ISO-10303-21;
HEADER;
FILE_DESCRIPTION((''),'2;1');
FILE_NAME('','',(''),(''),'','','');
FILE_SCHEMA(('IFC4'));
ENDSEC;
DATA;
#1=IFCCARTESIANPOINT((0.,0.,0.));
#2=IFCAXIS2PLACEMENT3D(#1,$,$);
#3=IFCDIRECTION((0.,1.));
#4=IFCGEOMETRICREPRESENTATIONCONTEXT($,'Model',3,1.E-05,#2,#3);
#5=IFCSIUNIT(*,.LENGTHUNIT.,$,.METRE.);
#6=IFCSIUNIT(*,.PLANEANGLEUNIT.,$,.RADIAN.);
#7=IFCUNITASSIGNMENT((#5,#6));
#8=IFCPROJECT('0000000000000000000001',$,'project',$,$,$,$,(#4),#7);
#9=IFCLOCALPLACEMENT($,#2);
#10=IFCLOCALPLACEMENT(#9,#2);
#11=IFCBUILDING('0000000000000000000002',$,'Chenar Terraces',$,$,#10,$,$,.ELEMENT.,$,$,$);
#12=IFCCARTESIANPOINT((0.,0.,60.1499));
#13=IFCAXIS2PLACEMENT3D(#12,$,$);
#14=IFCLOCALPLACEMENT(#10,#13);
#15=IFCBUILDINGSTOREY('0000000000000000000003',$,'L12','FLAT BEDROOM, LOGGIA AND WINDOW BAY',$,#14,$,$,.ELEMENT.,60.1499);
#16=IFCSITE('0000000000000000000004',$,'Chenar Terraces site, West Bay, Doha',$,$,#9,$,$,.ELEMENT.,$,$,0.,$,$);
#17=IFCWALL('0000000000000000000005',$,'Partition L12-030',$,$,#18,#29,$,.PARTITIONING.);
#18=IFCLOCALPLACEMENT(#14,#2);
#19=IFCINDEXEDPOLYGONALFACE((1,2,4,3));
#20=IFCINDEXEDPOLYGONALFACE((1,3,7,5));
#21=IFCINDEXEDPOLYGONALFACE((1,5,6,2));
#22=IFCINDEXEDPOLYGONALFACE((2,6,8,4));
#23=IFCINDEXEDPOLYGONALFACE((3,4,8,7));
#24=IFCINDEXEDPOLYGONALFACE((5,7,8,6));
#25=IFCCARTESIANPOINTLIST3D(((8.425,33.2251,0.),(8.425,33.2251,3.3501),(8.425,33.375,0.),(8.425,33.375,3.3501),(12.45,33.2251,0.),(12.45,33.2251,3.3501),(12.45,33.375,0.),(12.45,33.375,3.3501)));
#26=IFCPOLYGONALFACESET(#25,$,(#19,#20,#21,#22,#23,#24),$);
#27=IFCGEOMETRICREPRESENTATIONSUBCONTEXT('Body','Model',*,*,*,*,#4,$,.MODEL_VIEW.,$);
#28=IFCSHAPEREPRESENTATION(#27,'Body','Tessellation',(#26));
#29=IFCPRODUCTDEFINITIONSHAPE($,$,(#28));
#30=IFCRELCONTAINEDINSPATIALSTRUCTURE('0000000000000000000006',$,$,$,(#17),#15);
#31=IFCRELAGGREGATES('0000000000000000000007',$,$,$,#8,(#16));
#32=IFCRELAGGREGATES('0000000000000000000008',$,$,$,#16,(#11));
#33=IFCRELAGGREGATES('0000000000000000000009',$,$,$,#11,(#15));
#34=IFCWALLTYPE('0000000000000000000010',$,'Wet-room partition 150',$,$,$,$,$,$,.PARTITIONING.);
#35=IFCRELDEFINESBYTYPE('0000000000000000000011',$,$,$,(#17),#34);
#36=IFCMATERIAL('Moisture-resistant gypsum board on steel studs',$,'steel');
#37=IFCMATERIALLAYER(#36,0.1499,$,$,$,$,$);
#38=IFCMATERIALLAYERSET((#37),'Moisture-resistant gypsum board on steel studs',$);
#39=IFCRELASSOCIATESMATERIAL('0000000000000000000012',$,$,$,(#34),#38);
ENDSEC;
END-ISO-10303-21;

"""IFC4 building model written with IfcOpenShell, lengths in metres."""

from ifc_helpers import new_model, si_unit, direction, frame, frame_2d, origin, place, context, subcontext, project, spatial, rectangle, extrude, material, layer, layer_set, type_object, element, save


model = new_model("IFC4")

# Units and contexts
model_context = context("Model", 3, precision=1e-05, world=origin(), true_north=direction((0.0, 1.0)))
body_context = subcontext(model_context, "Body", "Model", "MODEL_VIEW")
ifc_project = project(units=[si_unit("LENGTHUNIT", "METRE"), si_unit("PLANEANGLEUNIT", "RADIAN")], contexts=[model_context])

# Site, building, storey
site_placement = place(None, origin())
site = spatial("IfcSite", under=ifc_project, at=site_placement, Name="Chenar Terraces site, West Bay, Doha", CompositionType="ELEMENT", RefElevation=0.0)
building_placement = place(site_placement, origin())
building = spatial("IfcBuilding", under=site, at=building_placement, Name="Chenar Terraces", CompositionType="ELEMENT")
storey_placement = place(building_placement, frame((0.0, 0.0, 60.1499)))
storey = spatial("IfcBuildingStorey", under=building, at=storey_placement, Name="L12", Description="FLAT BEDROOM, LOGGIA AND WINDOW BAY", CompositionType="ELEMENT", Elevation=60.1499)

# Wall
ifc_material_1 = material(Name="Moisture-resistant gypsum board on steel studs", Category="steel")
ifc_layer_1 = layer(ifc_material_1, 0.1499)
ifc_layer_set_1 = layer_set([ifc_layer_1], Name="Moisture-resistant gypsum board on steel studs")
wall_type_1 = type_object("IfcWallType", Name="Wet-room partition 150", PredefinedType="PARTITIONING", material=ifc_layer_set_1)
for number, where, z_axis, x_axis, name in (
    (1, (8.425, 33.3, 0.0), (0.0, 0.0, 1.0), (1.0, 0.0, 0.0), "Partition L12-030"),
):
    element("IfcWall", number, at=place(storey_placement, frame(where, z_axis=z_axis, x_axis=x_axis)), inside=storey, type_object=wall_type_1, Name=name, PredefinedType="PARTITIONING", context=body_context, shape_type="SweptSolid", body=[
        extrude(rectangle(XDim=4.0249, YDim=0.1499, at=frame_2d((2.0125, 0.0))), origin(), (0.0, 0.0, 1.0), 3.3501),
    ])

save(model, "model.ifc")
